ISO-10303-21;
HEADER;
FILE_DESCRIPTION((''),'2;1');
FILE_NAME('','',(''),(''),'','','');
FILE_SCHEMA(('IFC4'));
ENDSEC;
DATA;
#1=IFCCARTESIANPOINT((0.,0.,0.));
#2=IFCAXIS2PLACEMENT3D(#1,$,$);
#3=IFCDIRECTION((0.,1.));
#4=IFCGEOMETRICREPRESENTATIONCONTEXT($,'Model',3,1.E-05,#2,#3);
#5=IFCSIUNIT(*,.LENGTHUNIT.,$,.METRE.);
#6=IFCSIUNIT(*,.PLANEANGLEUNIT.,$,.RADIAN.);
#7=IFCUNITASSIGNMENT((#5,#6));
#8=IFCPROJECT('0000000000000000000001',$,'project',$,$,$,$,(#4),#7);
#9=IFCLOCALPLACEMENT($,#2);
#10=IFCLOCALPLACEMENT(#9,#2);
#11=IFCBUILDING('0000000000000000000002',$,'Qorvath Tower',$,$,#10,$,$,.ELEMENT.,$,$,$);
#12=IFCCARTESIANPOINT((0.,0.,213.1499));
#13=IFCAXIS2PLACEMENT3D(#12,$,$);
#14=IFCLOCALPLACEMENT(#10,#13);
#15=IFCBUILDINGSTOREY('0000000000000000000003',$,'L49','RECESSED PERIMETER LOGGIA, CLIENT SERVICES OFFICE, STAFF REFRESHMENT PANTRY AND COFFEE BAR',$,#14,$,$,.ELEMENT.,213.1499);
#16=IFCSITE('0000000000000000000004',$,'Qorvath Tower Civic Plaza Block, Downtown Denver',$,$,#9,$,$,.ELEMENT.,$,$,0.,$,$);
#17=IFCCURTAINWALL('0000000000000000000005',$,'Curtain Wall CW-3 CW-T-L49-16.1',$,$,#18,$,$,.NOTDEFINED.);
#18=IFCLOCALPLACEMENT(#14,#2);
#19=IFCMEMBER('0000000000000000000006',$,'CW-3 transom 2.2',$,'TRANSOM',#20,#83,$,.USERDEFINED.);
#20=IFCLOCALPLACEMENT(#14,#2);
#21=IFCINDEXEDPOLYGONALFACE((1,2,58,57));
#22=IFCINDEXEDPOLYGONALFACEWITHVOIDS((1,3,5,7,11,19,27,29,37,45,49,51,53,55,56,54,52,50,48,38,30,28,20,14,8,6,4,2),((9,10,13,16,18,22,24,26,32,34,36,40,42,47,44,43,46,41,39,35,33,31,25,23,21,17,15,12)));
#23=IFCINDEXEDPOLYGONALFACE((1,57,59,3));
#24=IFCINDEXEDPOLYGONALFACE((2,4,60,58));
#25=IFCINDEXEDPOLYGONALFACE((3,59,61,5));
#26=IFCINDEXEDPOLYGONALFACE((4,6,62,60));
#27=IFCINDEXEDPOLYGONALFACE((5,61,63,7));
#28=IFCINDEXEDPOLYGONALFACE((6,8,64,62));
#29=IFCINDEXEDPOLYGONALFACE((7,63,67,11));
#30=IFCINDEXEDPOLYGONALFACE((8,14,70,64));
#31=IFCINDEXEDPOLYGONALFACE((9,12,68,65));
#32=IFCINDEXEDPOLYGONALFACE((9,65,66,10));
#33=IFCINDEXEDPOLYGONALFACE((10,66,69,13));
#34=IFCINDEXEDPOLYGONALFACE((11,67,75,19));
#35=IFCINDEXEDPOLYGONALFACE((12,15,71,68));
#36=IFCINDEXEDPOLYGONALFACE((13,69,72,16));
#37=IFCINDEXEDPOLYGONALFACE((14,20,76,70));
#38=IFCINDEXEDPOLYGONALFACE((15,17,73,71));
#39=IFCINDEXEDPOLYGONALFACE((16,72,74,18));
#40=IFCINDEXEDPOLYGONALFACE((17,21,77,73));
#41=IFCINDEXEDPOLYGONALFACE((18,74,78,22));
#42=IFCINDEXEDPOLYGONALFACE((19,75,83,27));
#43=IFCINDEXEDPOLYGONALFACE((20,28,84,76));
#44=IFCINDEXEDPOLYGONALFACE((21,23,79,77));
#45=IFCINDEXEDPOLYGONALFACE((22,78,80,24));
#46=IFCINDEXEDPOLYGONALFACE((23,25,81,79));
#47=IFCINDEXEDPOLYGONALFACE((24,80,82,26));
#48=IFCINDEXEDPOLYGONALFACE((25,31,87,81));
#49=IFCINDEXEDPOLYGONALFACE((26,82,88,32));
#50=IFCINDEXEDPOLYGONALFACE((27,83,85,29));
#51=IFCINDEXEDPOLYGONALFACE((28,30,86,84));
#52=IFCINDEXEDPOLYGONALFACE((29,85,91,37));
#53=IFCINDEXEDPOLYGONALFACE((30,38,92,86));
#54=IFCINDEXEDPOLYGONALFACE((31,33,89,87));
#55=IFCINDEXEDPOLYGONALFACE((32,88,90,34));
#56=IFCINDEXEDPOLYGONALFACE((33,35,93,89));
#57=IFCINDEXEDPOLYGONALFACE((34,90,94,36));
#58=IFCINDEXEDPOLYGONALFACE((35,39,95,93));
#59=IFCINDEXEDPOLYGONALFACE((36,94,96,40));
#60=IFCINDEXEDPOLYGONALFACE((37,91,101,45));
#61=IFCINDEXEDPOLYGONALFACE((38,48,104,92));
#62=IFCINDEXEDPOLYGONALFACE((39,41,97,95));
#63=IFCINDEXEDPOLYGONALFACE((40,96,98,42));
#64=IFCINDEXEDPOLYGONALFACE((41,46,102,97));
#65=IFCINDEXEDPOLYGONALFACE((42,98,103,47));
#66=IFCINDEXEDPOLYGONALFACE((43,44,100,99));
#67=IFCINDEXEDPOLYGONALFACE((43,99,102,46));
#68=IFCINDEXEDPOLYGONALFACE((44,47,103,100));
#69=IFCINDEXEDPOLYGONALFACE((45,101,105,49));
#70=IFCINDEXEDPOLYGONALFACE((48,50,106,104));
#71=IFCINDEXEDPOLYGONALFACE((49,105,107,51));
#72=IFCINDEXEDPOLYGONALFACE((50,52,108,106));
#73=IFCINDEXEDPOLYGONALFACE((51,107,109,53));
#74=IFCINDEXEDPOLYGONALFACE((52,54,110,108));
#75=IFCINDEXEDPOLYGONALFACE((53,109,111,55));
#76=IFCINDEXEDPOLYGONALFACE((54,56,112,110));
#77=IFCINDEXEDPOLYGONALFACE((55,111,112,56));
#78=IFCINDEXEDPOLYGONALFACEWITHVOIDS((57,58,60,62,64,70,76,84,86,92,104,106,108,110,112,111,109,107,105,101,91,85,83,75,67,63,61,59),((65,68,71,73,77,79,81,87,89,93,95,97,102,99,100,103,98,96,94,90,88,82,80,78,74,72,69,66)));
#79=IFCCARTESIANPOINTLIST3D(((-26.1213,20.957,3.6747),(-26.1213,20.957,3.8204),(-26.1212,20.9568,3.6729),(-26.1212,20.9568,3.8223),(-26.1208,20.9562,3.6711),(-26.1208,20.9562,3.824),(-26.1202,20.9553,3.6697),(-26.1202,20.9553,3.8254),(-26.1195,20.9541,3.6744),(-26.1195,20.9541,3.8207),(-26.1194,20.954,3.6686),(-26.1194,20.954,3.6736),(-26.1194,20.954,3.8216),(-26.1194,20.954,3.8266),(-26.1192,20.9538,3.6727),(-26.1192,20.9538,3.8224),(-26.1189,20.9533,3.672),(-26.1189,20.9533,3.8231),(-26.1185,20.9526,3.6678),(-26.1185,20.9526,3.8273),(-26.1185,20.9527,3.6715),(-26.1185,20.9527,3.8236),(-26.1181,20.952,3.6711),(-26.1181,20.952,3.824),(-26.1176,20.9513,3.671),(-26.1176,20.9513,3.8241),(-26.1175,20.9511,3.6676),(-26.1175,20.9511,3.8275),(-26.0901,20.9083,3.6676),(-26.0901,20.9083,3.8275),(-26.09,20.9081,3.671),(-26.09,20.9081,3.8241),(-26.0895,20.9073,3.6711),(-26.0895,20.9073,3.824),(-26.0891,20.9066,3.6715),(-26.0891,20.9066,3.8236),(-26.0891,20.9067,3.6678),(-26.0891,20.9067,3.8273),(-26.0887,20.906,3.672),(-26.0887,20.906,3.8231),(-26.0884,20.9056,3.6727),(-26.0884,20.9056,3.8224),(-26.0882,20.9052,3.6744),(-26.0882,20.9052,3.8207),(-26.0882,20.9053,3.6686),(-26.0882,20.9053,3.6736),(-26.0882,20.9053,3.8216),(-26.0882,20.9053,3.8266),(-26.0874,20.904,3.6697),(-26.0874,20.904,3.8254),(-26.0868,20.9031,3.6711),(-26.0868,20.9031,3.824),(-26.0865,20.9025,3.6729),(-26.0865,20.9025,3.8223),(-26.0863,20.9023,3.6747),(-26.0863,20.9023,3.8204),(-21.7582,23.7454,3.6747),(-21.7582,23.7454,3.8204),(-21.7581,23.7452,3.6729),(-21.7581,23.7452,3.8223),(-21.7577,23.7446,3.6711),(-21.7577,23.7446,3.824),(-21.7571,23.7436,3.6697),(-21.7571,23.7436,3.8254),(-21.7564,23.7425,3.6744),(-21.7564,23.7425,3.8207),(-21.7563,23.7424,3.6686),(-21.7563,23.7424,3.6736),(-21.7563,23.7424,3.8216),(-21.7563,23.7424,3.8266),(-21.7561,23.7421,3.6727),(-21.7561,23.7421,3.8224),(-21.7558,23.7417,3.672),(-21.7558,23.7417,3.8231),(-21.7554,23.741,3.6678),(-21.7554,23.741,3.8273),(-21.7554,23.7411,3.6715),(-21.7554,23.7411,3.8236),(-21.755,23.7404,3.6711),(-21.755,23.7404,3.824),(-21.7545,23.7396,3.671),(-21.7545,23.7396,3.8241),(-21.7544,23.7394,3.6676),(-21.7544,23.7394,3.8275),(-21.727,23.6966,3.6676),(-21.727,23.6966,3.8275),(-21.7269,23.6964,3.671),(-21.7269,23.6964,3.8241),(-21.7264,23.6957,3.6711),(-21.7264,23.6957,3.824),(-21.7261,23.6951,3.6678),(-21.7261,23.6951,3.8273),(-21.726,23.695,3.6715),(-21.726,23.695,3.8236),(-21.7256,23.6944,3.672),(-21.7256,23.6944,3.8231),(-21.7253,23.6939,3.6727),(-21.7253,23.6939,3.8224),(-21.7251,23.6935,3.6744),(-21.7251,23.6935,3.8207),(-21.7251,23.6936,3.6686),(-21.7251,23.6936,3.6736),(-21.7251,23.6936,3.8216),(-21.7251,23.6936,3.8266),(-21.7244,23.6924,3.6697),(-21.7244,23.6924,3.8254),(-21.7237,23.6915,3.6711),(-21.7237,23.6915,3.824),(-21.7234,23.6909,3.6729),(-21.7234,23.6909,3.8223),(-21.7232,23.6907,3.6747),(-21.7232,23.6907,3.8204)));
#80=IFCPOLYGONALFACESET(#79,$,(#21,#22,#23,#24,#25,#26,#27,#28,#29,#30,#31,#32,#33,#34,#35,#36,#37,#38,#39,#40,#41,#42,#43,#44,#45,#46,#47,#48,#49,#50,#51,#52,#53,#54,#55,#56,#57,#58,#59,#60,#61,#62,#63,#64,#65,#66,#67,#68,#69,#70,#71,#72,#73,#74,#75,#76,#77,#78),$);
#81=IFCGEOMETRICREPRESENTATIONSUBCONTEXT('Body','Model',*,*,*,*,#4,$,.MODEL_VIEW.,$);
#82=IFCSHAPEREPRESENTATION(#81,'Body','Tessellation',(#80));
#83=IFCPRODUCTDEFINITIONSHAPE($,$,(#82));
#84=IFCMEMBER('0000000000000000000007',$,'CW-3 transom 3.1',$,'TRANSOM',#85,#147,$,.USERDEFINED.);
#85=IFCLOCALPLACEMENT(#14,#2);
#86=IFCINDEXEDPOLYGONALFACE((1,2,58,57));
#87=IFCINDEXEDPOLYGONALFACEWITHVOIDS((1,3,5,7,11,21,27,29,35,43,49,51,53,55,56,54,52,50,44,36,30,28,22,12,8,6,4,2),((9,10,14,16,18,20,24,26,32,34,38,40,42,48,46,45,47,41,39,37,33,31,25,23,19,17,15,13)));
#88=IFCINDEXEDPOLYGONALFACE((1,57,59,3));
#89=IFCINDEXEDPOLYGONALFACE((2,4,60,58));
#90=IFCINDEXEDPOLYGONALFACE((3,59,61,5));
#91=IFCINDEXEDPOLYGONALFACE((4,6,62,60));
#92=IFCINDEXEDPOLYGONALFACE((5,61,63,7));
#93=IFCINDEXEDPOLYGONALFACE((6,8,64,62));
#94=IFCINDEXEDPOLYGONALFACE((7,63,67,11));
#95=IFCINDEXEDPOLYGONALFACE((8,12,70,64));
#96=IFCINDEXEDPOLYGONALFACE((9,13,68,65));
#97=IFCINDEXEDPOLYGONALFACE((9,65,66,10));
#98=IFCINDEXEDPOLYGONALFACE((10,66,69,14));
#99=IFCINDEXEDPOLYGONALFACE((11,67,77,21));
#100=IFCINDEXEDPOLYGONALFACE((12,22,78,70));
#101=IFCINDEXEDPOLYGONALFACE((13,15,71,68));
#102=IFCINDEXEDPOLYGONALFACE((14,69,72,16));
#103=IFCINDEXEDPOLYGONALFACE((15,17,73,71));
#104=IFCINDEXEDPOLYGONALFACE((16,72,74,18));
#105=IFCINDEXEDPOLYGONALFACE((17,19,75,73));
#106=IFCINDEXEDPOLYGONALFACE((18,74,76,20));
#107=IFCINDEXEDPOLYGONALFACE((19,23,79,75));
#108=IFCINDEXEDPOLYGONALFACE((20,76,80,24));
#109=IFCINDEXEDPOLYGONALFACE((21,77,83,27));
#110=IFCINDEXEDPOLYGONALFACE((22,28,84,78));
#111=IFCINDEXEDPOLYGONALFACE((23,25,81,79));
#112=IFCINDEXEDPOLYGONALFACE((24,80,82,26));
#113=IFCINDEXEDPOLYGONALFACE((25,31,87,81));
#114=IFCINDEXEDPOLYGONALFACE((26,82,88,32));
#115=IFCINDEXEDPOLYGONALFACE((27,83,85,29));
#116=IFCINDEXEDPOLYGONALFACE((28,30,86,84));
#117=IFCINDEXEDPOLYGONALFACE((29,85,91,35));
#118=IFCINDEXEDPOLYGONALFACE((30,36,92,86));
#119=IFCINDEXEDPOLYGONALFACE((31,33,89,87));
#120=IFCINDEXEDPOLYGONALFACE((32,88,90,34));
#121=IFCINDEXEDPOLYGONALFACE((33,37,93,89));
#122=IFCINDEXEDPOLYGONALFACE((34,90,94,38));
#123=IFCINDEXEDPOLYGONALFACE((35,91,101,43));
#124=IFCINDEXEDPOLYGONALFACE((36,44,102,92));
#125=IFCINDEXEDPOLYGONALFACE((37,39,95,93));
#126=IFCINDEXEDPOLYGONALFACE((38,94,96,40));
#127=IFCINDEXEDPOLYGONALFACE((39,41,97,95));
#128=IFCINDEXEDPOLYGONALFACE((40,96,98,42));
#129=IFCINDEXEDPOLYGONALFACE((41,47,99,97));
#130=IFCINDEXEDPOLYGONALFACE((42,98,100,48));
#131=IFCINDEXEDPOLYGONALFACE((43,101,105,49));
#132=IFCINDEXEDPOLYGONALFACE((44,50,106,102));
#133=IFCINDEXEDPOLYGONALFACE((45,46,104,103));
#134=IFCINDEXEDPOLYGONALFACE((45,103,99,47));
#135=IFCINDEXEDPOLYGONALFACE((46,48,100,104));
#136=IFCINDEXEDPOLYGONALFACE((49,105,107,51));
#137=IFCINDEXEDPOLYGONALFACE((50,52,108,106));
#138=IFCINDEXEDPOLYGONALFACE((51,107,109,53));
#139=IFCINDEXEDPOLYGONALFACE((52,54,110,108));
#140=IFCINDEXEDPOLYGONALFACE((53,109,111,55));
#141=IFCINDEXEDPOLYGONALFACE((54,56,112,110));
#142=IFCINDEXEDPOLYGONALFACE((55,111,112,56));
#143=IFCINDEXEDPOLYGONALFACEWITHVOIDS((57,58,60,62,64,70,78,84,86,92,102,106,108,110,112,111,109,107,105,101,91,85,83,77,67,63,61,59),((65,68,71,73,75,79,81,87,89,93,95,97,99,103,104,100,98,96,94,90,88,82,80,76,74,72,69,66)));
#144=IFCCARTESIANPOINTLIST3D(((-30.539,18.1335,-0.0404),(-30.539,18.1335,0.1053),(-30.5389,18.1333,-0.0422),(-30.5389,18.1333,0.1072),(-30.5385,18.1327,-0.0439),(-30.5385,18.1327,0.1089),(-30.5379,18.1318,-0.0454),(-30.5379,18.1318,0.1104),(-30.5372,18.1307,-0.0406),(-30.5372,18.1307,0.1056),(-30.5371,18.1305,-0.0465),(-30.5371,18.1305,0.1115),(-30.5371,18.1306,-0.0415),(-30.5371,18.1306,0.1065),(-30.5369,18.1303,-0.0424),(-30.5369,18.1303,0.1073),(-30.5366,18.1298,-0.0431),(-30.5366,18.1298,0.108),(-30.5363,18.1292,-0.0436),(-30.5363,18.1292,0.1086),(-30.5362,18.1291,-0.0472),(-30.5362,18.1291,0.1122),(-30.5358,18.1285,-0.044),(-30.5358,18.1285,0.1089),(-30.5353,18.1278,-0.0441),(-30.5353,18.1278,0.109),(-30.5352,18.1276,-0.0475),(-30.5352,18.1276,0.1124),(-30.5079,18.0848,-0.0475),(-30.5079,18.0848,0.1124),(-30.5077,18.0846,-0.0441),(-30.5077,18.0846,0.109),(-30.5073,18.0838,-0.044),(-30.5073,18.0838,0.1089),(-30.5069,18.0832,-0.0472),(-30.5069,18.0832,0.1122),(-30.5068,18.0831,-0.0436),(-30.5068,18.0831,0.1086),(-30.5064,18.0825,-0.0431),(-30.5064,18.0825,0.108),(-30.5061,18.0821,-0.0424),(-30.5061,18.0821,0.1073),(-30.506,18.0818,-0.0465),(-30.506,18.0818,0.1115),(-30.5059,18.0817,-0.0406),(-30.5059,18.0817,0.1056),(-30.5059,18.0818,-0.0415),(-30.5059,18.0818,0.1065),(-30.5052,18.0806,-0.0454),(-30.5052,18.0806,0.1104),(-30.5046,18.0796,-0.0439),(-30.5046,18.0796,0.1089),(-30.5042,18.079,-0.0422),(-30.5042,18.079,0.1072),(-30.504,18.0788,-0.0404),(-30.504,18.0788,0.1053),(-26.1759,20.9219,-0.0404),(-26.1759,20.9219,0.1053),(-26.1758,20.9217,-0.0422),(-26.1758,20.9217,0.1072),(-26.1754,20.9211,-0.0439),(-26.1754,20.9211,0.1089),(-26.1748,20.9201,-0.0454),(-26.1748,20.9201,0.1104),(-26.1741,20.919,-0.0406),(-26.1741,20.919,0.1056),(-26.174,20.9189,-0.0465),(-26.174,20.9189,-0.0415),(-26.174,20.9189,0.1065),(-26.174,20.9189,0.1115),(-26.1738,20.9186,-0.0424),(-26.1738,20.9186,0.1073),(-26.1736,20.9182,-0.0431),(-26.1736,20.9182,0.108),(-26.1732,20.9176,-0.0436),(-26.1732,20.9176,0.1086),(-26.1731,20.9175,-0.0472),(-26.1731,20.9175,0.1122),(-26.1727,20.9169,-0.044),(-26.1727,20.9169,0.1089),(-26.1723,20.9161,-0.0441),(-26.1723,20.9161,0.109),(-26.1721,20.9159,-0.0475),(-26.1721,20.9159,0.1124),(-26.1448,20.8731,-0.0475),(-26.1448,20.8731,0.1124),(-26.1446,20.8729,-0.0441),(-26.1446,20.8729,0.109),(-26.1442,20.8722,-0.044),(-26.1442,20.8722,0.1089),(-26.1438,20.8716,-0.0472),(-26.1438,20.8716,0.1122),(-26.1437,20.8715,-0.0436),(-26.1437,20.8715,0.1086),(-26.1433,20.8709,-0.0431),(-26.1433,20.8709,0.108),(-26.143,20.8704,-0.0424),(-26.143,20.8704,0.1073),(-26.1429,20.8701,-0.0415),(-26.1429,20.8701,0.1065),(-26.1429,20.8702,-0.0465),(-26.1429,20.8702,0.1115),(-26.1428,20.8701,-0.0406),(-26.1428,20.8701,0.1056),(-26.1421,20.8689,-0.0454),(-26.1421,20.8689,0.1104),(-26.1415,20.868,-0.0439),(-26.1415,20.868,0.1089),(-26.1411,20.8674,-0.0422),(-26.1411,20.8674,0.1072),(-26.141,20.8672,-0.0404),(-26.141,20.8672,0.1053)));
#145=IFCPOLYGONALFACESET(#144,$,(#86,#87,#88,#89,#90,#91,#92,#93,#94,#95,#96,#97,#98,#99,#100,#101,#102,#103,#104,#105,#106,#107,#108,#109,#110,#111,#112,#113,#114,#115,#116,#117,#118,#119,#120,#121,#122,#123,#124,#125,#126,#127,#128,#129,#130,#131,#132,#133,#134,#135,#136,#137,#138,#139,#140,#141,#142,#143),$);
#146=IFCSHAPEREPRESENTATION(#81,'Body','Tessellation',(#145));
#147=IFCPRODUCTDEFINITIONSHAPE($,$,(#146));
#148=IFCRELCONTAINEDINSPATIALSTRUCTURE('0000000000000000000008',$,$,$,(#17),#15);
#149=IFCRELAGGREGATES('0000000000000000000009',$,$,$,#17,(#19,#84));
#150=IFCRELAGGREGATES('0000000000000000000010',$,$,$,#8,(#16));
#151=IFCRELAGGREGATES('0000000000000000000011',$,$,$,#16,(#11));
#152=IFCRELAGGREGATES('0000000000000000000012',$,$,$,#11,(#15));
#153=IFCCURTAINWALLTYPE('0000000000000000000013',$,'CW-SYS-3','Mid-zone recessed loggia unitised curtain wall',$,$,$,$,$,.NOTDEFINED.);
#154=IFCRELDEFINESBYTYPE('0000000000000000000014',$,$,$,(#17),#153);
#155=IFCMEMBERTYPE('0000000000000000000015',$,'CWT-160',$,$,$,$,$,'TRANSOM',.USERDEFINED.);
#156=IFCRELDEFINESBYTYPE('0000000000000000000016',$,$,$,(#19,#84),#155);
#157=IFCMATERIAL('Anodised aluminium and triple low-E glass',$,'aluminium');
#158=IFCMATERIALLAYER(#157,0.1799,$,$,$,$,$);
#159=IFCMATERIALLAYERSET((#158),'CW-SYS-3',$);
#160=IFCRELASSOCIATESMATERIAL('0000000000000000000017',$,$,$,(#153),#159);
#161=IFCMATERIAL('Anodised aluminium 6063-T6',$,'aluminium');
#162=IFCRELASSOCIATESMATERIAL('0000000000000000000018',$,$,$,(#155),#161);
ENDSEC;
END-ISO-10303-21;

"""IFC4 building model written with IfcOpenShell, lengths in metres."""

from ifc_helpers import new_model, si_unit, direction, frame, origin, origin_2d, place, context, subcontext, project, spatial, hollow_rectangle, extrude, material, layer, layer_set, material_profile, profile_set, type_object, element, aggregate, save


model = new_model("IFC4")

# Units and contexts
model_context = context("Model", 3, precision=1e-05, world=origin(), true_north=direction((0.0, 1.0)))
body_context = subcontext(model_context, "Body", "Model", "MODEL_VIEW")
ifc_project = project(units=[si_unit("LENGTHUNIT", "METRE"), si_unit("PLANEANGLEUNIT", "RADIAN")], contexts=[model_context])

# Site, building, storey
site_placement = place(None, origin())
site = spatial("IfcSite", under=ifc_project, at=site_placement, Name="Qorvath Tower Civic Plaza Block, Downtown Denver", CompositionType="ELEMENT", RefElevation=0.0)
building_placement = place(site_placement, origin())
building = spatial("IfcBuilding", under=site, at=building_placement, Name="Qorvath Tower", CompositionType="ELEMENT")
storey_placement = place(building_placement, frame((0.0, 0.0, 213.1499)))
storey = spatial("IfcBuildingStorey", under=building, at=storey_placement, Name="L49", Description="RECESSED PERIMETER LOGGIA, CLIENT SERVICES OFFICE, STAFF REFRESHMENT PANTRY AND COFFEE BAR", CompositionType="ELEMENT", Elevation=213.1499)

# Curtain wall, members
ifc_material_1 = material(Name="Anodised aluminium and triple low-E glass", Category="aluminium")
ifc_layer_1 = layer(ifc_material_1, 0.1799)
ifc_layer_set_1 = layer_set([ifc_layer_1], Name="CW-SYS-3")
curtain_wall_type = type_object("IfcCurtainWallType", Name="CW-SYS-3", Description="Mid-zone recessed loggia unitised curtain wall", PredefinedType="NOTDEFINED", material=ifc_layer_set_1)
curtain_wall_placement = place(storey_placement, origin())
curtain_wall = element("IfcCurtainWall", 1, at=curtain_wall_placement, inside=storey, type_object=curtain_wall_type, Name="Curtain Wall CW-3 CW-T-L49-16.1", PredefinedType="NOTDEFINED")
ifc_material_2 = material(Name="Anodised aluminium 6063-T6", Category="aluminium")
ifc_material_profile_1 = material_profile(ifc_material_2, hollow_rectangle(XDim=0.0649, YDim=0.1599, WallThickness=0.0034, InnerFilletRadius=0.0034, OuterFilletRadius=0.0071, at=origin_2d()), Name="CWT 160x65")
ifc_profile_set_1 = profile_set([ifc_material_profile_1], Name="Anodised aluminium 6063-T6")
member_type_1 = type_object("IfcMemberType", Name="CWT-160", ElementType="TRANSOM", PredefinedType="USERDEFINED", material=ifc_profile_set_1)
member_1_placement = place(storey_placement, frame((-21.7407, 23.718, 3.7476), z_axis=(-0.842623, -0.538504, 0.0), x_axis=(0.538504, -0.842623, 0.0)))
member_1 = element("IfcMember", 2, at=member_1_placement, type_object=member_type_1, Name="CW-3 transom 2.2", ObjectType="TRANSOM", PredefinedType="USERDEFINED", context=body_context, shape_type="SweptSolid", body=[
    extrude(hollow_rectangle(XDim=0.0649, YDim=0.1599, WallThickness=0.0034, InnerFilletRadius=0.0034, OuterFilletRadius=0.0071, at=origin_2d()), origin(), (0.0, 0.0, 1.0), 5.178),
])
member_2_placement = place(storey_placement, frame((-26.1584, 20.8945, 0.0325), z_axis=(-0.842623, -0.538504, 0.0), x_axis=(0.538504, -0.842623, 0.0)))
member_2 = element("IfcMember", 3, at=member_2_placement, type_object=member_type_1, Name="CW-3 transom 3.1", ObjectType="TRANSOM", PredefinedType="USERDEFINED", context=body_context, shape_type="SweptSolid", body=[
    extrude(hollow_rectangle(XDim=0.0649, YDim=0.1599, WallThickness=0.0034, InnerFilletRadius=0.0034, OuterFilletRadius=0.0071, at=origin_2d()), origin(), (0.0, 0.0, 1.0), 5.178),
])
aggregate(curtain_wall, [member_1, member_2])

save(model, "model.ifc")
